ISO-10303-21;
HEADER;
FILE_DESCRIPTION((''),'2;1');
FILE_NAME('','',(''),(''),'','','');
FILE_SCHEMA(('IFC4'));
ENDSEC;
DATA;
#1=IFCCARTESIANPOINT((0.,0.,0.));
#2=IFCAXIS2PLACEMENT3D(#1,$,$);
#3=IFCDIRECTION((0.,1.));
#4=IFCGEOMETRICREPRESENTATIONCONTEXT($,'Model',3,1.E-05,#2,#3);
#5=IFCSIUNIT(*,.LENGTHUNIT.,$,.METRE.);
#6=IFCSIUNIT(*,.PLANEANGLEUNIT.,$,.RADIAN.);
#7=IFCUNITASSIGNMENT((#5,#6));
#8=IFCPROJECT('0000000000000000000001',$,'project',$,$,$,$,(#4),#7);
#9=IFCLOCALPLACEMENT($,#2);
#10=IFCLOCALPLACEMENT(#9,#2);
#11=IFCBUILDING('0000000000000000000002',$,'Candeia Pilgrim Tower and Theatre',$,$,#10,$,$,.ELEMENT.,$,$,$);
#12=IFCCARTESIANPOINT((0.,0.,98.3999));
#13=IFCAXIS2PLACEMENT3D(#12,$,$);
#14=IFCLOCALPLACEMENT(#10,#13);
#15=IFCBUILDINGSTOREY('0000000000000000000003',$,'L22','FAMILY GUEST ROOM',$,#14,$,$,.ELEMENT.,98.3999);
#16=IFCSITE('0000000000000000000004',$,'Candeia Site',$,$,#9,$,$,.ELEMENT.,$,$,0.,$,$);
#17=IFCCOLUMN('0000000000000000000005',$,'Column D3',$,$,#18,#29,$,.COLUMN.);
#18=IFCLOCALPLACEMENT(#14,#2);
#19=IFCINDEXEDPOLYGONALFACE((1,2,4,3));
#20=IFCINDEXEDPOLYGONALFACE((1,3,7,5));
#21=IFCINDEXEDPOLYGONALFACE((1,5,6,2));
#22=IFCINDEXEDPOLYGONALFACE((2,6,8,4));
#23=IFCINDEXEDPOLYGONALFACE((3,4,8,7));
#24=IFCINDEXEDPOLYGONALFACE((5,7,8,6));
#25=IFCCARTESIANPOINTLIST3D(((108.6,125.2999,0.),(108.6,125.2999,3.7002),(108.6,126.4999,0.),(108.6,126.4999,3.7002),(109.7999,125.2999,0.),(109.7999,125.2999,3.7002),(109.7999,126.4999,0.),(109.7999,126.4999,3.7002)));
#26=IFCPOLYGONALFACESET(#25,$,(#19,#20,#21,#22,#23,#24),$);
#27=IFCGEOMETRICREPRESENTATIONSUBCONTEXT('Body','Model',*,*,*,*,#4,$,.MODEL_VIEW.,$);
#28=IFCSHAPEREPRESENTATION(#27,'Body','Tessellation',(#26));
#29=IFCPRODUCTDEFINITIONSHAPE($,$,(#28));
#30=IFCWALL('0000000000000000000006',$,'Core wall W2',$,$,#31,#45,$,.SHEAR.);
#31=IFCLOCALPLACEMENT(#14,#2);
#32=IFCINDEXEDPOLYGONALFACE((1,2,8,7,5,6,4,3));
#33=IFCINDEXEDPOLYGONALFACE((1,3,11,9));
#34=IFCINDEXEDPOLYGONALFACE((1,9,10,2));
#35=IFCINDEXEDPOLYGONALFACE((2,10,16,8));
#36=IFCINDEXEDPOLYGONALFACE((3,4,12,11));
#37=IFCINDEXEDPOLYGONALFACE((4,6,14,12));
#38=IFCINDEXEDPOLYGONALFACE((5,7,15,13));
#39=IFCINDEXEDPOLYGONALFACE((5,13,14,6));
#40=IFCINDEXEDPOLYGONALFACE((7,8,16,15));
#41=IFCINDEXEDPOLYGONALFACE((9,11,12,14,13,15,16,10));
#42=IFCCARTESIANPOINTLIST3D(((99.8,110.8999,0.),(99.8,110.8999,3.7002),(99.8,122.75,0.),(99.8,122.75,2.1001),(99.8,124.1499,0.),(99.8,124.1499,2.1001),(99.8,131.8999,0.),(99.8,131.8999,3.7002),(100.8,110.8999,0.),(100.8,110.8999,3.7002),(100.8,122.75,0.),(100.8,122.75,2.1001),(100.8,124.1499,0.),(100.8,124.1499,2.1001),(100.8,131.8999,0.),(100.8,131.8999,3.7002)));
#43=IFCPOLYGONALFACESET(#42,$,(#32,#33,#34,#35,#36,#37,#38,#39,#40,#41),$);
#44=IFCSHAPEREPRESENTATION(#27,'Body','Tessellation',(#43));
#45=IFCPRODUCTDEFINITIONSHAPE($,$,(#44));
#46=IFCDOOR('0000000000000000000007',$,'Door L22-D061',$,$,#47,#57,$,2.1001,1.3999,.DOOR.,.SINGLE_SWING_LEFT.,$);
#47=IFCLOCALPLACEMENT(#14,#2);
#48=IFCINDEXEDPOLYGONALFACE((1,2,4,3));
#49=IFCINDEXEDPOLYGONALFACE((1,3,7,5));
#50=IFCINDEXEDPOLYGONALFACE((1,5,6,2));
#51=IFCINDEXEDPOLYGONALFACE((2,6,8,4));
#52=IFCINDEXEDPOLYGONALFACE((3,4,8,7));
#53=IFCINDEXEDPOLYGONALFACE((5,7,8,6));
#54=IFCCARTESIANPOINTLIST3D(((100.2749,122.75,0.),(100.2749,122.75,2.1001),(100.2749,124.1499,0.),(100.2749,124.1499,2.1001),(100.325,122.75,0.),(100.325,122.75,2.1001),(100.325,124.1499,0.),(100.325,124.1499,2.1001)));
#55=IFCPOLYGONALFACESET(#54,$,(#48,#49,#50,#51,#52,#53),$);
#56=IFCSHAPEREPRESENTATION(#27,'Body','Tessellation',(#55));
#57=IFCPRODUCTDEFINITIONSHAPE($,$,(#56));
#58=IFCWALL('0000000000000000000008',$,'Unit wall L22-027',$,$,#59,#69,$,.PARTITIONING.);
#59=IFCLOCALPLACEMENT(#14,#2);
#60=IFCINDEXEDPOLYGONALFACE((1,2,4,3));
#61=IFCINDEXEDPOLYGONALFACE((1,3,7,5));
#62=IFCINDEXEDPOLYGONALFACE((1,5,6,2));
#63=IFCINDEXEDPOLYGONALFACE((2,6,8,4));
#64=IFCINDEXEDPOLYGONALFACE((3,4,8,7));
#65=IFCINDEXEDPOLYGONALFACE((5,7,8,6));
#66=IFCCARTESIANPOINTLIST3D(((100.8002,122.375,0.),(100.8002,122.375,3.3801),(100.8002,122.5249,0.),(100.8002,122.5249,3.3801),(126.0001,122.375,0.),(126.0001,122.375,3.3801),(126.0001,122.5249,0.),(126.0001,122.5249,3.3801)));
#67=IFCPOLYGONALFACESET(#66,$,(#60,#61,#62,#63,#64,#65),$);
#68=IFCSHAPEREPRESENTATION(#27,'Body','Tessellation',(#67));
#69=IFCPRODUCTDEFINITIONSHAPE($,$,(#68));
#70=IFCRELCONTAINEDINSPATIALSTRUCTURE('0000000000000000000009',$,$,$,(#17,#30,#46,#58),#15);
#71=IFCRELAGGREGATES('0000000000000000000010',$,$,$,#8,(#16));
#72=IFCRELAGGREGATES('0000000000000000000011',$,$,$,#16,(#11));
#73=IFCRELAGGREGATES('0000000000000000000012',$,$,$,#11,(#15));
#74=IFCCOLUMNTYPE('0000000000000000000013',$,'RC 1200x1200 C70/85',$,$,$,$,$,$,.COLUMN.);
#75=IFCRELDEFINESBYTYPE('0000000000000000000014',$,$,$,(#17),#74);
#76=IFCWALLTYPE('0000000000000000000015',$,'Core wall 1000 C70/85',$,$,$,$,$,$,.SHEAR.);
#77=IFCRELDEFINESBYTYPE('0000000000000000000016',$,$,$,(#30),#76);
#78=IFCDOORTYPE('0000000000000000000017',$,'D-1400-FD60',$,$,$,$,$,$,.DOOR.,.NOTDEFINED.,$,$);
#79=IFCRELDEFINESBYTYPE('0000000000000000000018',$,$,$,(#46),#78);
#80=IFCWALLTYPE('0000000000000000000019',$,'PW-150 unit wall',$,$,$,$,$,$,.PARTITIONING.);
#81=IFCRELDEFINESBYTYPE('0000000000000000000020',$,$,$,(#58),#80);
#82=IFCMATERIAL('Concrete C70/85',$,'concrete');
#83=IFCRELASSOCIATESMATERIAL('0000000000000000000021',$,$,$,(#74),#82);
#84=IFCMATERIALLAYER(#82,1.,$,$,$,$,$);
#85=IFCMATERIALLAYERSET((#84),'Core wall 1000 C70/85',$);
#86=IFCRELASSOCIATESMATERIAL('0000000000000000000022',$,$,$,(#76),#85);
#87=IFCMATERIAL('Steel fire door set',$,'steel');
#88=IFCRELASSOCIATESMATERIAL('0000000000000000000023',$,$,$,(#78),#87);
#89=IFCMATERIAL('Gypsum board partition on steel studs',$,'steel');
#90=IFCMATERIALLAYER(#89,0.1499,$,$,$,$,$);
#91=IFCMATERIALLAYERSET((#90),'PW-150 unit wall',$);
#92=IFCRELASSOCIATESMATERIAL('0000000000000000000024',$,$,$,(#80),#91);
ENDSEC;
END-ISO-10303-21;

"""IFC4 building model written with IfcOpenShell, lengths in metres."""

from ifc_helpers import new_model, si_unit, direction, frame, frame_2d, origin, origin_2d, place, context, subcontext, project, spatial, rectangle, extrude, material, layer, layer_set, material_profile, profile_set, type_object, element, fill, save


model = new_model("IFC4")

# Units and contexts
model_context = context("Model", 3, precision=1e-05, world=origin(), true_north=direction((0.0, 1.0)))
body_context = subcontext(model_context, "Body", "Model", "MODEL_VIEW")
ifc_project = project(units=[si_unit("LENGTHUNIT", "METRE"), si_unit("PLANEANGLEUNIT", "RADIAN")], contexts=[model_context])

# Site, building, storey
site_placement = place(None, origin())
site = spatial("IfcSite", under=ifc_project, at=site_placement, Name="Candeia Site", CompositionType="ELEMENT", RefElevation=0.0)
building_placement = place(site_placement, origin())
building = spatial("IfcBuilding", under=site, at=building_placement, Name="Candeia Pilgrim Tower and Theatre", CompositionType="ELEMENT")
storey_placement = place(building_placement, frame((0.0, 0.0, 98.3999)))
storey = spatial("IfcBuildingStorey", under=building, at=storey_placement, Name="L22", Description="FAMILY GUEST ROOM", CompositionType="ELEMENT", Elevation=98.3999)

# Column
ifc_material_1 = material(Name="Concrete C70/85", Category="concrete")
ifc_material_profile = material_profile(ifc_material_1, rectangle(XDim=1.2, YDim=1.2, at=origin_2d()))
ifc_profile_set = profile_set([ifc_material_profile], Name="Concrete C70/85")
column_type = type_object("IfcColumnType", Name="RC 1200x1200 C70/85", PredefinedType="COLUMN", material=ifc_profile_set)
column_placement = place(storey_placement, frame((109.2, 125.8999, 0.0), z_axis=(0.0, 0.0, 1.0), x_axis=(1.0, 0.0, 0.0)))
element("IfcColumn", 1, at=column_placement, inside=storey, type_object=column_type, Name="Column D3", PredefinedType="COLUMN", context=body_context, shape_type="SweptSolid", body=[
    extrude(rectangle(XDim=1.2, YDim=1.2, at=origin_2d()), origin(), (0.0, 0.0, 1.0), 3.7002),
])

# Wall, opening, door
ifc_layer_1 = layer(ifc_material_1, 1.0)
ifc_layer_set_1 = layer_set([ifc_layer_1], Name="Core wall 1000 C70/85")
wall_type_1 = type_object("IfcWallType", Name="Core wall 1000 C70/85", PredefinedType="SHEAR", material=ifc_layer_set_1)
wall_1_placement = place(storey_placement, frame((100.3, 131.8999, 0.0), z_axis=(0.0, 0.0, 1.0), x_axis=(0.0, -1.0, 0.0)))
wall_1 = element("IfcWall", 2, at=wall_1_placement, inside=storey, type_object=wall_type_1, Name="Core wall W2", PredefinedType="SHEAR", context=body_context, shape_type="SweptSolid", body=[
    extrude(rectangle(XDim=21.0, YDim=1.0, at=frame_2d((10.5, 0.0))), origin(), (0.0, 0.0, 1.0), 3.7002),
])
opening_1_placement = place(wall_1_placement, frame((7.75, 0.0, 0.0)))
opening_1 = element("IfcOpeningElement", 3, at=opening_1_placement, cuts=wall_1, PredefinedType="OPENING", context=body_context, shape_type="SweptSolid", body=[
    extrude(rectangle(XDim=1.3999, YDim=2.1001, at=frame_2d((0.7, 1.05))), frame((0.0, 0.51, 0.0), z_axis=(0.0, -1.0, 0.0), x_axis=(1.0, 0.0, 0.0)), (0.0, 0.0, 1.0), 1.02),
])
ifc_material_2 = material(Name="Steel fire door set", Category="steel")
door_type_1 = type_object("IfcDoorType", Name="D-1400-FD60", OperationType="NOTDEFINED", PredefinedType="DOOR", material=ifc_material_2)
door_1_placement = place(opening_1_placement, origin())
door_1 = element("IfcDoor", 4, at=door_1_placement, inside=storey, type_object=door_type_1, Name="Door L22-D061", OperationType="SINGLE_SWING_LEFT", OverallHeight=2.1001, OverallWidth=1.3999, PredefinedType="DOOR", context=body_context, shape_type="SweptSolid", body=[
    extrude(rectangle(XDim=1.3999, YDim=2.1001, at=frame_2d((0.7, 1.05))), frame((0.0, 0.0249, 0.0), z_axis=(0.0, -1.0, 0.0), x_axis=(1.0, 0.0, 0.0)), (0.0, 0.0, 1.0), 0.05),
])
fill(opening_1, door_1)

# Wall
ifc_material_3 = material(Name="Gypsum board partition on steel studs", Category="steel")
ifc_layer_2 = layer(ifc_material_3, 0.1499)
ifc_layer_set_2 = layer_set([ifc_layer_2], Name="PW-150 unit wall")
wall_type_2 = type_object("IfcWallType", Name="PW-150 unit wall", PredefinedType="PARTITIONING", material=ifc_layer_set_2)
wall_2_placement = place(storey_placement, frame((100.8, 122.45, 0.0), z_axis=(0.0, 0.0, 1.0), x_axis=(1.0, 0.0, 0.0)))
element("IfcWall", 5, at=wall_2_placement, inside=storey, type_object=wall_type_2, Name="Unit wall L22-027", PredefinedType="PARTITIONING", context=body_context, shape_type="SweptSolid", body=[
    extrude(rectangle(XDim=25.2, YDim=0.1499, at=frame_2d((12.6001, 0.0))), origin(), (0.0, 0.0, 1.0), 3.3801),
])

save(model, "model.ifc")
